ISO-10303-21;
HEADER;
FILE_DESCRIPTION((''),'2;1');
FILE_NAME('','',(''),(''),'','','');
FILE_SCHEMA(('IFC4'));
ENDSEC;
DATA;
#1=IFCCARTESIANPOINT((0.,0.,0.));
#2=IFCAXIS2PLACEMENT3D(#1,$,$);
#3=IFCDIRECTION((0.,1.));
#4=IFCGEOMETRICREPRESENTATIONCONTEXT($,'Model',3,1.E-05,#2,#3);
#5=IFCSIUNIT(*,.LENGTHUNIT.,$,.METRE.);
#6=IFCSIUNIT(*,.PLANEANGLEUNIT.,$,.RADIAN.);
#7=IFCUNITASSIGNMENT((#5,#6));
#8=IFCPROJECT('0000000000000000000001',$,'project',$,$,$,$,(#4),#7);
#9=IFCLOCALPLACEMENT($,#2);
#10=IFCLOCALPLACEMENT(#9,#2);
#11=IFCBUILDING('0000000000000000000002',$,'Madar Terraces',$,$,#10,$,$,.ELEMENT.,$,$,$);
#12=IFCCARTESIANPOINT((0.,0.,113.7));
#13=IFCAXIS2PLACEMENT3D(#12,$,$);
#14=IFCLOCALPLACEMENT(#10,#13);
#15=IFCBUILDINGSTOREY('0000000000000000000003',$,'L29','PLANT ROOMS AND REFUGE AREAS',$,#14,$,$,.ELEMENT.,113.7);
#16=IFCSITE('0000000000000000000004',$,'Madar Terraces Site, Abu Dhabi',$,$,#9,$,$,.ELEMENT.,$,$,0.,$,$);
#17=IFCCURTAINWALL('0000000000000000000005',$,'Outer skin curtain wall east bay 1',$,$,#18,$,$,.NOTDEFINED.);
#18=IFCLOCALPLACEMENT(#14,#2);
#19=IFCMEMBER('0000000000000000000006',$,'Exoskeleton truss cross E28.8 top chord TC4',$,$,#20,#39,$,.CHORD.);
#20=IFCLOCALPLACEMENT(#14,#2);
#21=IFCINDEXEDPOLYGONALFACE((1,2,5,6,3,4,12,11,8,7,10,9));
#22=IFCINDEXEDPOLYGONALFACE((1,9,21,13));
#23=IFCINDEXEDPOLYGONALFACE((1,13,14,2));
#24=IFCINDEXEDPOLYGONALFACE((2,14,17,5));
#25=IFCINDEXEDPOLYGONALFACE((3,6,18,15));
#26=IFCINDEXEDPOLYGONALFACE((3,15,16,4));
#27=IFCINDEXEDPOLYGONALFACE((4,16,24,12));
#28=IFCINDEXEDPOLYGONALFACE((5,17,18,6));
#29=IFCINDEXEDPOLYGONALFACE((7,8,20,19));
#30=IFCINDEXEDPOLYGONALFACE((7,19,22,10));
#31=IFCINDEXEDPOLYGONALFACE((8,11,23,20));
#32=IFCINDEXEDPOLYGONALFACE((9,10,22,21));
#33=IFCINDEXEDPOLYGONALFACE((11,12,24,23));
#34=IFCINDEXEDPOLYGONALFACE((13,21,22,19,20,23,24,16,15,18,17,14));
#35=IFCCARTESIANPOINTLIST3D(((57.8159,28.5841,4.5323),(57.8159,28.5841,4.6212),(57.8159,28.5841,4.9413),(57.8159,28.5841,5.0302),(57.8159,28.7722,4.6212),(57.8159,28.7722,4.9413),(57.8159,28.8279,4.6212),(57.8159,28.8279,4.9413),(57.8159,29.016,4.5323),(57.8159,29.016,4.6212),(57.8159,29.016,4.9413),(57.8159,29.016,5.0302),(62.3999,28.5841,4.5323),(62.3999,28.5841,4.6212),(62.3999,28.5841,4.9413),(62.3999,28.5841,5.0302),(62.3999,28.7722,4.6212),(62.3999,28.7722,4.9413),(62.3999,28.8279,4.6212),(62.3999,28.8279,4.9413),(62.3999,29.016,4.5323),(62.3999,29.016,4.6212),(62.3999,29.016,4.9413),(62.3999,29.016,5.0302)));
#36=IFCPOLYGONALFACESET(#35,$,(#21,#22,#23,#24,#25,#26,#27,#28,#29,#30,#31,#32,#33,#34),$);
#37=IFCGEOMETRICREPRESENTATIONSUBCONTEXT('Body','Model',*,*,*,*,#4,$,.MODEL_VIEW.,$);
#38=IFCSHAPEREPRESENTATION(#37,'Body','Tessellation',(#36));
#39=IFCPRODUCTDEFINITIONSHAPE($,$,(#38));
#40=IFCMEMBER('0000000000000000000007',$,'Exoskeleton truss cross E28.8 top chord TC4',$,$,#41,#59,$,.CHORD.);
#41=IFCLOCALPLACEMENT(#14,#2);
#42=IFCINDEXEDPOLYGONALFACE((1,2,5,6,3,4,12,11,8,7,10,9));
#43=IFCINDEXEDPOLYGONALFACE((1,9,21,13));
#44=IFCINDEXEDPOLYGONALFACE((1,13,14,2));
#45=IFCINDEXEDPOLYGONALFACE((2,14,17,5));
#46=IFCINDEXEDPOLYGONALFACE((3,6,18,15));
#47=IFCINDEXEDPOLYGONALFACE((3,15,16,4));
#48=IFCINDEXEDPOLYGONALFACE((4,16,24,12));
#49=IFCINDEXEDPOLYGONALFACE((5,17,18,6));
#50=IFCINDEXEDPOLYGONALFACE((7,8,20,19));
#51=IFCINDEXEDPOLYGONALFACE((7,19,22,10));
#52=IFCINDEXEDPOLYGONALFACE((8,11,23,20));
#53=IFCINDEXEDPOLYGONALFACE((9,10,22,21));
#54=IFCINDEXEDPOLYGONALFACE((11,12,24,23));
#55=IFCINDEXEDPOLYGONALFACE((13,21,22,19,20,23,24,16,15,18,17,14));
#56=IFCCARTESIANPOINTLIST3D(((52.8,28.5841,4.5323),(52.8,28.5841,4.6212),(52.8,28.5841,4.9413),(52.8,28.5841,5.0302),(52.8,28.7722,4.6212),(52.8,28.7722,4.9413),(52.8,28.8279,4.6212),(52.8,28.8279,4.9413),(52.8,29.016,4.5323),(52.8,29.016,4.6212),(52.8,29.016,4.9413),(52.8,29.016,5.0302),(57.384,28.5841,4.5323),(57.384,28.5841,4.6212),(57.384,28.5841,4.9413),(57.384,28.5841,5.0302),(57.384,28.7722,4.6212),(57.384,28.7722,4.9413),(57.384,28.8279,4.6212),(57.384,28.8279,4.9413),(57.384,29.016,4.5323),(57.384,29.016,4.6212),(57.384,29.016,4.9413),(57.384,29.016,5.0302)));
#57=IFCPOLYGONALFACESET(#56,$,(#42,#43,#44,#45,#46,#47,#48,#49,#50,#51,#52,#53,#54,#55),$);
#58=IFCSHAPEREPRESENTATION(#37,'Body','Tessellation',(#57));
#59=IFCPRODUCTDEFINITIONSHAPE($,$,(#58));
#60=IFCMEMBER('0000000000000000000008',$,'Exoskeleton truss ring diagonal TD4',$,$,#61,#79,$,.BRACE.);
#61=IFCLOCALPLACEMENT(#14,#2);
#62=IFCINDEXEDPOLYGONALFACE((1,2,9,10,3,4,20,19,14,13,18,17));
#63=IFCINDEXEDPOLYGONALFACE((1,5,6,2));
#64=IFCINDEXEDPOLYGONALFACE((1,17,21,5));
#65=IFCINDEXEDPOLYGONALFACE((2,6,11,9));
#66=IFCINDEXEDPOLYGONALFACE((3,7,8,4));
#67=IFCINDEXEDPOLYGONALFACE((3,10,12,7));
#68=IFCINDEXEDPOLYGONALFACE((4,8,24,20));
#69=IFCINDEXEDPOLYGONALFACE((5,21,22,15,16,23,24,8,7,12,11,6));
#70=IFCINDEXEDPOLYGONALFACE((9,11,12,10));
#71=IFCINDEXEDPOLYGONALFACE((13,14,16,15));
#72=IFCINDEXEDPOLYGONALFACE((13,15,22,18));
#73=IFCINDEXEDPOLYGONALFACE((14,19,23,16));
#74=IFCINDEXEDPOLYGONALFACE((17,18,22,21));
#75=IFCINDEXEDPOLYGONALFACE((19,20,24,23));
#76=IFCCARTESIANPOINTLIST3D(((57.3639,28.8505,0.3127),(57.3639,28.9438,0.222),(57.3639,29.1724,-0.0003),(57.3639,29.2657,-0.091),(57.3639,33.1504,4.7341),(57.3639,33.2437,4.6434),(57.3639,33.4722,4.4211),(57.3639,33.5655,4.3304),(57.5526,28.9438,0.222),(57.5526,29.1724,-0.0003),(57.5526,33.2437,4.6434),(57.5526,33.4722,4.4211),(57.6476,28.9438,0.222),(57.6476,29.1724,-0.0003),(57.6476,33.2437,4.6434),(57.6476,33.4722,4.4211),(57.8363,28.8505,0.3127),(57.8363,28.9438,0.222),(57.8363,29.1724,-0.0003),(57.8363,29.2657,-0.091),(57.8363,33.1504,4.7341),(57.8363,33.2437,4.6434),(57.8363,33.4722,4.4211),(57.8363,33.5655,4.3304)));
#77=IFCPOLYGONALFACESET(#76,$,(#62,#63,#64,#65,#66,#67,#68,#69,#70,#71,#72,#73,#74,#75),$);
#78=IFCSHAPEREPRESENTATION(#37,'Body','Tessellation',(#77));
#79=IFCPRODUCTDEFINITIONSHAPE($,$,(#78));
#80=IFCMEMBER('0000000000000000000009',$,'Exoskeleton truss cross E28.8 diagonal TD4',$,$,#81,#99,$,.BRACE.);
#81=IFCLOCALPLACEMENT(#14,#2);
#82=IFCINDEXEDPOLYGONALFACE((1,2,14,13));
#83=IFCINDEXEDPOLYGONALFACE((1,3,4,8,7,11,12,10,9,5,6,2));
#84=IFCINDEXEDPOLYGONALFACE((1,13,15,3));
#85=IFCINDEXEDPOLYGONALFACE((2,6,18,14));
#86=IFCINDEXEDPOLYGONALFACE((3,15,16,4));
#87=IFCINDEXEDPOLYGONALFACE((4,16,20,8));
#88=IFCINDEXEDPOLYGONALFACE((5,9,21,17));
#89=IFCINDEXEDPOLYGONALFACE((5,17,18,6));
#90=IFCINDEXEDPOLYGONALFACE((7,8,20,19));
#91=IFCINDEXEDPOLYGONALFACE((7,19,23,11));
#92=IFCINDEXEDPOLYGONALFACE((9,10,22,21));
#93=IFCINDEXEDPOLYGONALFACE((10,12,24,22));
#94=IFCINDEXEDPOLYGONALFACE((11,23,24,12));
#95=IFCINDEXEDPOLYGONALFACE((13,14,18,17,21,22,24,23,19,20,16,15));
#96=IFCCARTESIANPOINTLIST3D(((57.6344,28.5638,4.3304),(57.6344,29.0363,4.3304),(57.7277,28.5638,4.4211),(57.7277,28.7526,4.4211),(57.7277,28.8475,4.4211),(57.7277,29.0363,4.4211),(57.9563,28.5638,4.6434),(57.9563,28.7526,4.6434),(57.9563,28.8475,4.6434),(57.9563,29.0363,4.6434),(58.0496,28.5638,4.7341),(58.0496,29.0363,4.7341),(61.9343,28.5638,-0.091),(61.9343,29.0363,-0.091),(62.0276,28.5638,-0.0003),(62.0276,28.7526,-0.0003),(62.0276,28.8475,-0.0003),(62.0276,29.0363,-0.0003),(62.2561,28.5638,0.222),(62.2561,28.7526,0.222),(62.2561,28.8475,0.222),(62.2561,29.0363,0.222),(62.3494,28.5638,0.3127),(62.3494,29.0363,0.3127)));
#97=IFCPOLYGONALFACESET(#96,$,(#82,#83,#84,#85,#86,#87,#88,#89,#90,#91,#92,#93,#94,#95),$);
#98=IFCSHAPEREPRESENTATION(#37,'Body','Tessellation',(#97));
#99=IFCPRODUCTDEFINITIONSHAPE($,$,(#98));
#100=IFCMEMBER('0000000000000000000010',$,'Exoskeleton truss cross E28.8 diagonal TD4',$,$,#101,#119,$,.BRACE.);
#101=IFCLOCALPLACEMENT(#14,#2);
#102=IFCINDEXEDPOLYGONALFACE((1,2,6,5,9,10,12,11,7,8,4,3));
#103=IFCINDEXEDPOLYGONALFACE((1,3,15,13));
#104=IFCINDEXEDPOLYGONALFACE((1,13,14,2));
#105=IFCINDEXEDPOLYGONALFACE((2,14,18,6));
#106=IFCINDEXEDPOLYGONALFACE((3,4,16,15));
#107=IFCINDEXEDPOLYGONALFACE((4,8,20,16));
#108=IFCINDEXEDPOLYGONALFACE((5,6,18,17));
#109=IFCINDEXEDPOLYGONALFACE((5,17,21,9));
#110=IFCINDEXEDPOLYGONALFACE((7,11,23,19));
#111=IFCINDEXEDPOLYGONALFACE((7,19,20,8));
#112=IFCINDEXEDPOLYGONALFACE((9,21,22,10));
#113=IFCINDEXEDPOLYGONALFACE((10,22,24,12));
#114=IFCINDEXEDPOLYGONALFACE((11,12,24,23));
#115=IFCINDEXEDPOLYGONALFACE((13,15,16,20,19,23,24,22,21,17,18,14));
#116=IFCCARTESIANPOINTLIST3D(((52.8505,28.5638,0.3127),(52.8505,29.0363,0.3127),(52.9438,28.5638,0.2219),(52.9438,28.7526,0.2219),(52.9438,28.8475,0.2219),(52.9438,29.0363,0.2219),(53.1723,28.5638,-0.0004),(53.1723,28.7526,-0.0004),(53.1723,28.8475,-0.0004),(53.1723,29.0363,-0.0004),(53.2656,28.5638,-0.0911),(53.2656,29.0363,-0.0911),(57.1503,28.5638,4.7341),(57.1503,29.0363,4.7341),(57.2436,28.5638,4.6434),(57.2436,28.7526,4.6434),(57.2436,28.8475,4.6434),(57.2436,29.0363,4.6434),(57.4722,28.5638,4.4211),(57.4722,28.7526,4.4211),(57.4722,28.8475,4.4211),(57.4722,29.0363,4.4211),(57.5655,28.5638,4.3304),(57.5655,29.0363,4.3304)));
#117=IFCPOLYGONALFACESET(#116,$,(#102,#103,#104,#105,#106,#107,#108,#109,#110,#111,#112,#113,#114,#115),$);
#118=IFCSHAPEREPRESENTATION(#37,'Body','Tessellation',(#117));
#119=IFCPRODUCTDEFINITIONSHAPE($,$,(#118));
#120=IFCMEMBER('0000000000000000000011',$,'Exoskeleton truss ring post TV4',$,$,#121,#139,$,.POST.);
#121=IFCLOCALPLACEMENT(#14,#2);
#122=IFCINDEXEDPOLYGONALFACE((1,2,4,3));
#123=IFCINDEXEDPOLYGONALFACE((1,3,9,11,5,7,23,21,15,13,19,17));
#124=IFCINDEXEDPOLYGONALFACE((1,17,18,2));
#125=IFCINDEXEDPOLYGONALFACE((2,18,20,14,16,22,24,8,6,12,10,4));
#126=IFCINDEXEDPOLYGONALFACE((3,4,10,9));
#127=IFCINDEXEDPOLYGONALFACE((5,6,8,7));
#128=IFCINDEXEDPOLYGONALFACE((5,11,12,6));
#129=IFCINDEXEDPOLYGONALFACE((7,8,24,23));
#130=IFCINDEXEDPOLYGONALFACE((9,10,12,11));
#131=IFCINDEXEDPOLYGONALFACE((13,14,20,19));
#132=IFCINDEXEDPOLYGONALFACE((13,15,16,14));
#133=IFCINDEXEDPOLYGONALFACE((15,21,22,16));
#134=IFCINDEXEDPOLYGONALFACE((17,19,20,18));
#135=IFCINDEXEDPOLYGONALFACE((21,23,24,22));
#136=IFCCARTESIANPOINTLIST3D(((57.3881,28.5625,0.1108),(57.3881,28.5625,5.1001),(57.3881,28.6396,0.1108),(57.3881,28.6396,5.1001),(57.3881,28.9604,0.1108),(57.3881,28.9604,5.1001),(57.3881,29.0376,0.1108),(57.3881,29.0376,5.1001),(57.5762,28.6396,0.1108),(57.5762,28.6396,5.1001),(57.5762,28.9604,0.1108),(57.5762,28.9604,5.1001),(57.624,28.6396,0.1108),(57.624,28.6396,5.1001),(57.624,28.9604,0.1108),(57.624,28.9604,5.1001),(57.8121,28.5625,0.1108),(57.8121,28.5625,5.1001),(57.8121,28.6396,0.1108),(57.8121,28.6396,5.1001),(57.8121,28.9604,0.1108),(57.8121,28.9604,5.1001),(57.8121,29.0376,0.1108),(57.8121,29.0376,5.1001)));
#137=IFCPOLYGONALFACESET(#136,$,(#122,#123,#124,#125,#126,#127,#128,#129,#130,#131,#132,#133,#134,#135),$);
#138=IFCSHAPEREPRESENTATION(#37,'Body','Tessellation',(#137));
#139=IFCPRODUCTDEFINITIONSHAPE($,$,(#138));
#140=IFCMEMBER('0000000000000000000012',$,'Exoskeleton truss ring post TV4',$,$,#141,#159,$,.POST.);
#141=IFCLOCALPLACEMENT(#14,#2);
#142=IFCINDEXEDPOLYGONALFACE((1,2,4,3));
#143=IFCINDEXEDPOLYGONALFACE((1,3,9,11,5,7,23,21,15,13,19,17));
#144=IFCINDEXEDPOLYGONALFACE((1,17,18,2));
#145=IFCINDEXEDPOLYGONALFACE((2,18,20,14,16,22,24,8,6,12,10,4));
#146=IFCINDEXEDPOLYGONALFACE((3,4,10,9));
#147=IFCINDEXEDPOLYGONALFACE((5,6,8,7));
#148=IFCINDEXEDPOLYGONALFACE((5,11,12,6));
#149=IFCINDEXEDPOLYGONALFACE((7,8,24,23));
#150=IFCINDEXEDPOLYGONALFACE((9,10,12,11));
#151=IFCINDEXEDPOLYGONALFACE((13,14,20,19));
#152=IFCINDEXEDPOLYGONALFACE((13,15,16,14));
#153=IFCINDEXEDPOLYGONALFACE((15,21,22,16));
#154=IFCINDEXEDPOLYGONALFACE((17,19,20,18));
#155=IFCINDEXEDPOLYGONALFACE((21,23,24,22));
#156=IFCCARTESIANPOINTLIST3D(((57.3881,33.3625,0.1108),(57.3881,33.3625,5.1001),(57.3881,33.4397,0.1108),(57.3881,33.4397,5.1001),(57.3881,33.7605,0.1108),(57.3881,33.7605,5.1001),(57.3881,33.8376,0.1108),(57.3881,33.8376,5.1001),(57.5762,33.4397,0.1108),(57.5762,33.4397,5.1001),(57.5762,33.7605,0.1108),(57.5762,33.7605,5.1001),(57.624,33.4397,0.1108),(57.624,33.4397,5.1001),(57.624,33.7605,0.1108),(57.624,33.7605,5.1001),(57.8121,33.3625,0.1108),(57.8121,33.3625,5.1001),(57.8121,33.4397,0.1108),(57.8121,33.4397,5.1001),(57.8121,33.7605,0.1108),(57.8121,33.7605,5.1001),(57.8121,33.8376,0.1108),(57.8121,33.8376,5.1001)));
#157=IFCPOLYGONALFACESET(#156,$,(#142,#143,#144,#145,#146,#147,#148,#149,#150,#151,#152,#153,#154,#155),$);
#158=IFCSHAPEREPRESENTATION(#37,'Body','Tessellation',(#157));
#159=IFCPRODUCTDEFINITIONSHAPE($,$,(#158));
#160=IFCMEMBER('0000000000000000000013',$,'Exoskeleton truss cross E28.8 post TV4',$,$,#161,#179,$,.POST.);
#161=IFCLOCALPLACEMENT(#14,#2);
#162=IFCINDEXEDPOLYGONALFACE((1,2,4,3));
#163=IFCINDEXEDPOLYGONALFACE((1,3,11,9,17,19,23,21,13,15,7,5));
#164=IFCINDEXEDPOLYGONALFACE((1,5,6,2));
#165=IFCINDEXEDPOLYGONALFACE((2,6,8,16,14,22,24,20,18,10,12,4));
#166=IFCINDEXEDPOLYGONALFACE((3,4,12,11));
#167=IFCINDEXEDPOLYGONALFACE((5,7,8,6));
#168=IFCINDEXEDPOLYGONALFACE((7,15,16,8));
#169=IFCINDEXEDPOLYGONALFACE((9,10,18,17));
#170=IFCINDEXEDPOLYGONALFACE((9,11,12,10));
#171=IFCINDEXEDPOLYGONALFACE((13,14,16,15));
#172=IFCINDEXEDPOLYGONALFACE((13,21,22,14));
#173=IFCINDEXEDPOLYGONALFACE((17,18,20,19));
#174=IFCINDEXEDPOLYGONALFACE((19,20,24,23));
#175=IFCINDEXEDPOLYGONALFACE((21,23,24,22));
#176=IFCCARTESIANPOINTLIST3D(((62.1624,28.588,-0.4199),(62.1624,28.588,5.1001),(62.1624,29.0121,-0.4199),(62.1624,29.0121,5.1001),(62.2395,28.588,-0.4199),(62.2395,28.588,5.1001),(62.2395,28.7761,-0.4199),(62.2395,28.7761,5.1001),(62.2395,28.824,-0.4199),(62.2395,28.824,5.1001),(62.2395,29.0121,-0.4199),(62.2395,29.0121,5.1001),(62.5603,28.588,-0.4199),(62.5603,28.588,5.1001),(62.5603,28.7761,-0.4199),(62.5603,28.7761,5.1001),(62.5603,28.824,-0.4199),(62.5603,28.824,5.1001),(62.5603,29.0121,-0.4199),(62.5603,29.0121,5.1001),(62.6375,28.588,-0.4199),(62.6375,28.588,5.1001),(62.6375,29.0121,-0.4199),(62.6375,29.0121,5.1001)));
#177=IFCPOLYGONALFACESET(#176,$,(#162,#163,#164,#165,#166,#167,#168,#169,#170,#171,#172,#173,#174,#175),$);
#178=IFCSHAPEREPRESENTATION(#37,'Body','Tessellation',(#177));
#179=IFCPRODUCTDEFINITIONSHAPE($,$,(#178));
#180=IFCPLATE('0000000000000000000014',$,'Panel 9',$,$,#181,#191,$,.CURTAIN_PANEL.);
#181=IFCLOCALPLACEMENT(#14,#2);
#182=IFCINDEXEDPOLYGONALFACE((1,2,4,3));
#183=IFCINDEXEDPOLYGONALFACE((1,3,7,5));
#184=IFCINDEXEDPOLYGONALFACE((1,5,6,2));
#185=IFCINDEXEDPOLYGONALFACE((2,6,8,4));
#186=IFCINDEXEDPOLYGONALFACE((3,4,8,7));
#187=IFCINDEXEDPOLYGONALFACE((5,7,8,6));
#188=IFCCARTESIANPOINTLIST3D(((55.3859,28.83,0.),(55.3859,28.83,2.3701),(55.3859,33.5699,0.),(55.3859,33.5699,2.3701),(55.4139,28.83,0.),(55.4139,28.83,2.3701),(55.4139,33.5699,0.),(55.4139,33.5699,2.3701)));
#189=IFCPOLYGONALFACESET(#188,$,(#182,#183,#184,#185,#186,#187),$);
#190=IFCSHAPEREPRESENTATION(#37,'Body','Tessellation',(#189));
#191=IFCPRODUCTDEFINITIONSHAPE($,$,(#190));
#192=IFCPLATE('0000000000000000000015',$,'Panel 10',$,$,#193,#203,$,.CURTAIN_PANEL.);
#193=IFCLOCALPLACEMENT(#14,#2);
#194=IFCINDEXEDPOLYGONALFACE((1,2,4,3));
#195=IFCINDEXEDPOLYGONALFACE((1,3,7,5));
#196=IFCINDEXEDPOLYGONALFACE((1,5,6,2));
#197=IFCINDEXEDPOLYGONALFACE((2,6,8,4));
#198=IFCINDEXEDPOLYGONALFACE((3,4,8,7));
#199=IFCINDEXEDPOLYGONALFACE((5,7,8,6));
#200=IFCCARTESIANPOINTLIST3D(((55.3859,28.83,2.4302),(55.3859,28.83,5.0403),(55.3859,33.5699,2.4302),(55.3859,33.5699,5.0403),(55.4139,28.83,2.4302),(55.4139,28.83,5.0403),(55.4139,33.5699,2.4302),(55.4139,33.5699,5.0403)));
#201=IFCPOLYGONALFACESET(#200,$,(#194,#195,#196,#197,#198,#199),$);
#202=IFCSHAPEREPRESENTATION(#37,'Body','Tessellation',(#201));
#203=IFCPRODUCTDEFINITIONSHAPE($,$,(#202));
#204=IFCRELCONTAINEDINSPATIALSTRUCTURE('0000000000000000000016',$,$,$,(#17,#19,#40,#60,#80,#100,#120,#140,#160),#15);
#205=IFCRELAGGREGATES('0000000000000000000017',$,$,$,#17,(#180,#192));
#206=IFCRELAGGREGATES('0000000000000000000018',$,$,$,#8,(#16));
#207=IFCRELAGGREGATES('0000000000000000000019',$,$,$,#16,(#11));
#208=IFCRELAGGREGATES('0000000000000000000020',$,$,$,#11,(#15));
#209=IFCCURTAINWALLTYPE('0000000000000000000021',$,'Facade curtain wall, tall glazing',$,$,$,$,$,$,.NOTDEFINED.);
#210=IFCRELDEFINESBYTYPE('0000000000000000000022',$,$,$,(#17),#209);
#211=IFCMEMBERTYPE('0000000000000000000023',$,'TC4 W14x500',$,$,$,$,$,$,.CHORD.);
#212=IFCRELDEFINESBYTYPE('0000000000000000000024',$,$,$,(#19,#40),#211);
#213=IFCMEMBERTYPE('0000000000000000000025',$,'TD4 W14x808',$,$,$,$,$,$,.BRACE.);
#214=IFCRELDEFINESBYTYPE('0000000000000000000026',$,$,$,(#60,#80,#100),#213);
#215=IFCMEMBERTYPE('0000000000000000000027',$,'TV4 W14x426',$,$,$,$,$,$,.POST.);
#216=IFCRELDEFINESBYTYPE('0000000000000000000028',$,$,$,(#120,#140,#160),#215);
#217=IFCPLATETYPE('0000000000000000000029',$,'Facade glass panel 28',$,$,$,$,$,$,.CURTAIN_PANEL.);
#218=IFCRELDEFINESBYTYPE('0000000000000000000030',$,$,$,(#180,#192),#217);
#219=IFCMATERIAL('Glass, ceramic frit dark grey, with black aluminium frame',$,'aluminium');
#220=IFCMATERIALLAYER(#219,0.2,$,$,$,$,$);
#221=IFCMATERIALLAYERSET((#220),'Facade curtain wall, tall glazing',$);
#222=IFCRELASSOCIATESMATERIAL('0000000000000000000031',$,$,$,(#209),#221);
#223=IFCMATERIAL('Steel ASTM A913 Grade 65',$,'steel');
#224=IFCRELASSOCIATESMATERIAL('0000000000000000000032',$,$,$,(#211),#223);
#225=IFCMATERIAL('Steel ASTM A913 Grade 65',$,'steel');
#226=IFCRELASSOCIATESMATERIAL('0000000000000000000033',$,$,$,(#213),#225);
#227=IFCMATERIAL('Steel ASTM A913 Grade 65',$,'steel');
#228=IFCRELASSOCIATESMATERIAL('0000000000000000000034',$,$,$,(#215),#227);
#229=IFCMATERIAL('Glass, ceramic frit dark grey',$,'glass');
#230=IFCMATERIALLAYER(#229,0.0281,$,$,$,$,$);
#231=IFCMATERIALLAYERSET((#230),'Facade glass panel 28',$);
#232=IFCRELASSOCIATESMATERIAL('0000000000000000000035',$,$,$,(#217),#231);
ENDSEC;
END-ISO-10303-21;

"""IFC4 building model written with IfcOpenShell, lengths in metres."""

from ifc_helpers import new_model, si_unit, direction, frame, origin, origin_2d, place, context, subcontext, project, spatial, rectangle, i_section, extrude, material, layer, layer_set, material_profile, profile_set, type_object, element, aggregate, save


model = new_model("IFC4")

# Units and contexts
model_context = context("Model", 3, precision=1e-05, world=origin(), true_north=direction((0.0, 1.0)))
body_context = subcontext(model_context, "Body", "Model", "MODEL_VIEW")
ifc_project = project(units=[si_unit("LENGTHUNIT", "METRE"), si_unit("PLANEANGLEUNIT", "RADIAN")], contexts=[model_context])

# Site, building, storey
site_placement = place(None, origin())
site = spatial("IfcSite", under=ifc_project, at=site_placement, Name="Madar Terraces Site, Abu Dhabi", CompositionType="ELEMENT", RefElevation=0.0)
building_placement = place(site_placement, origin())
building = spatial("IfcBuilding", under=site, at=building_placement, Name="Madar Terraces", CompositionType="ELEMENT")
storey_placement = place(building_placement, frame((0.0, 0.0, 113.7)))
storey = spatial("IfcBuildingStorey", under=building, at=storey_placement, Name="L29", Description="PLANT ROOMS AND REFUGE AREAS", CompositionType="ELEMENT", Elevation=113.7)

# Curtain wall
ifc_material_1 = material(Name="Glass, ceramic frit dark grey, with black aluminium frame", Category="aluminium")
ifc_layer_1 = layer(ifc_material_1, 0.2)
ifc_layer_set_1 = layer_set([ifc_layer_1], Name="Facade curtain wall, tall glazing")
curtain_wall_type = type_object("IfcCurtainWallType", Name="Facade curtain wall, tall glazing", PredefinedType="NOTDEFINED", material=ifc_layer_set_1)
curtain_wall_placement = place(storey_placement, origin())
curtain_wall = element("IfcCurtainWall", 1, at=curtain_wall_placement, inside=storey, type_object=curtain_wall_type, Name="Outer skin curtain wall east bay 1", PredefinedType="NOTDEFINED")

# Members
ifc_material_2 = material(Name="Steel ASTM A913 Grade 65", Category="steel")
ifc_material_profile_1 = material_profile(ifc_material_2, i_section(OverallWidth=0.4319, OverallDepth=0.4978, WebThickness=0.0557, FlangeThickness=0.0889, at=origin_2d()), Name="W14x500")
ifc_profile_set_1 = profile_set([ifc_material_profile_1], Name="Steel ASTM A913 Grade 65")
member_type_1 = type_object("IfcMemberType", Name="TC4 W14x500", PredefinedType="CHORD", material=ifc_profile_set_1)
for number, where, z_axis, x_axis, name in (
    (2, (62.3999, 28.8, 4.7812), (-1.0, 0.0, 0.0), (0.0, -1.0, 0.0), "Exoskeleton truss cross E28.8 top chord TC4"),
    (3, (57.384, 28.8, 4.7812), (-1.0, 0.0, 0.0), (0.0, -1.0, 0.0), "Exoskeleton truss cross E28.8 top chord TC4"),
):
    element("IfcMember", number, at=place(storey_placement, frame(where, z_axis=z_axis, x_axis=x_axis)), inside=storey, type_object=member_type_1, Name=name, PredefinedType="CHORD", context=body_context, shape_type="SweptSolid", body=[
        extrude(i_section(OverallWidth=0.4319, OverallDepth=0.4978, WebThickness=0.0557, FlangeThickness=0.0889, at=origin_2d()), origin(), (0.0, 0.0, 1.0), 4.584),
    ])
ifc_material_3 = material(Name="Steel ASTM A913 Grade 65", Category="steel")
ifc_material_profile_2 = material_profile(ifc_material_3, i_section(OverallWidth=0.4724, OverallDepth=0.5791, WebThickness=0.095, FlangeThickness=0.1301, at=origin_2d()), Name="W14x808")
ifc_profile_set_2 = profile_set([ifc_material_profile_2], Name="Steel ASTM A913 Grade 65")
member_type_2 = type_object("IfcMemberType", Name="TD4 W14x808", PredefinedType="BRACE", material=ifc_profile_set_2)
for number, where, z_axis, x_axis, name in (
    (4, (57.6001, 29.0581, 0.1108), (0.0, 0.697181, 0.716895), (-1.0, 0.0, 0.0), "Exoskeleton truss ring diagonal TD4"),
    (5, (62.1418, 28.8, 0.1108), (-0.697181, 0.0, 0.716895), (0.0, -1.0, 0.0), "Exoskeleton truss cross E28.8 diagonal TD4"),
    (6, (57.3579, 28.8, 4.5322), (-0.697181, 0.0, -0.716895), (0.0, -1.0, 0.0), "Exoskeleton truss cross E28.8 diagonal TD4"),
):
    element("IfcMember", number, at=place(storey_placement, frame(where, z_axis=z_axis, x_axis=x_axis)), inside=storey, type_object=member_type_2, Name=name, PredefinedType="BRACE", context=body_context, shape_type="SweptSolid", body=[
        extrude(i_section(OverallWidth=0.4724, OverallDepth=0.5791, WebThickness=0.095, FlangeThickness=0.1301, at=origin_2d()), origin(), (0.0, 0.0, 1.0), 6.1675),
    ])
ifc_material_4 = material(Name="Steel ASTM A913 Grade 65", Category="steel")
ifc_material_profile_3 = material_profile(ifc_material_4, i_section(OverallWidth=0.4241, OverallDepth=0.4751, WebThickness=0.0479, FlangeThickness=0.0771, at=origin_2d()), Name="W14x426")
ifc_profile_set_3 = profile_set([ifc_material_profile_3], Name="Steel ASTM A913 Grade 65")
member_type_3 = type_object("IfcMemberType", Name="TV4 W14x426", PredefinedType="POST", material=ifc_profile_set_3)
for number, where, z_axis, x_axis, name in (
    (7, (57.6001, 28.8, 0.1108), (0.0, 0.0, 1.0), (-1.0, 0.0, 0.0), "Exoskeleton truss ring post TV4"),
    (8, (57.6001, 33.6001, 0.1108), (0.0, 0.0, 1.0), (-1.0, 0.0, 0.0), "Exoskeleton truss ring post TV4"),
):
    element("IfcMember", number, at=place(storey_placement, frame(where, z_axis=z_axis, x_axis=x_axis)), inside=storey, type_object=member_type_3, Name=name, PredefinedType="POST", context=body_context, shape_type="SweptSolid", body=[
        extrude(i_section(OverallWidth=0.4241, OverallDepth=0.4751, WebThickness=0.0479, FlangeThickness=0.0771, at=origin_2d()), origin(), (0.0, 0.0, 1.0), 4.9893),
    ])
member_1_placement = place(storey_placement, frame((62.3999, 28.8, -0.4199), z_axis=(0.0, 0.0, 1.0), x_axis=(0.0, 1.0, 0.0)))
element("IfcMember", 9, at=member_1_placement, inside=storey, type_object=member_type_3, Name="Exoskeleton truss cross E28.8 post TV4", PredefinedType="POST", context=body_context, shape_type="SweptSolid", body=[
    extrude(i_section(OverallWidth=0.4241, OverallDepth=0.4751, WebThickness=0.0479, FlangeThickness=0.0771, at=origin_2d()), origin(), (0.0, 0.0, 1.0), 5.52),
])

# Plates
ifc_material_5 = material(Name="Glass, ceramic frit dark grey", Category="glass")
ifc_layer_2 = layer(ifc_material_5, 0.0281)
ifc_layer_set_2 = layer_set([ifc_layer_2], Name="Facade glass panel 28")
plate_type = type_object("IfcPlateType", Name="Facade glass panel 28", PredefinedType="CURTAIN_PANEL", material=ifc_layer_set_2)
plate_1_placement = place(storey_placement, frame((55.3999, 31.2, 0.0), z_axis=(0.0, 0.0, 1.0), x_axis=(0.0, 1.0, 0.0)))
plate_1 = element("IfcPlate", 10, at=plate_1_placement, type_object=plate_type, Name="Panel 9", PredefinedType="CURTAIN_PANEL", context=body_context, shape_type="SweptSolid", body=[
    extrude(rectangle(XDim=4.74, YDim=0.0281, at=origin_2d()), origin(), (0.0, 0.0, 1.0), 2.3701),
])
plate_2_placement = place(storey_placement, frame((55.3999, 31.2, 2.4302), z_axis=(0.0, 0.0, 1.0), x_axis=(0.0, 1.0, 0.0)))
plate_2 = element("IfcPlate", 11, at=plate_2_placement, type_object=plate_type, Name="Panel 10", PredefinedType="CURTAIN_PANEL", context=body_context, shape_type="SweptSolid", body=[
    extrude(rectangle(XDim=4.74, YDim=0.0281, at=origin_2d()), origin(), (0.0, 0.0, 1.0), 2.6101),
])
aggregate(curtain_wall, [plate_1, plate_2])

save(model, "model.ifc")
